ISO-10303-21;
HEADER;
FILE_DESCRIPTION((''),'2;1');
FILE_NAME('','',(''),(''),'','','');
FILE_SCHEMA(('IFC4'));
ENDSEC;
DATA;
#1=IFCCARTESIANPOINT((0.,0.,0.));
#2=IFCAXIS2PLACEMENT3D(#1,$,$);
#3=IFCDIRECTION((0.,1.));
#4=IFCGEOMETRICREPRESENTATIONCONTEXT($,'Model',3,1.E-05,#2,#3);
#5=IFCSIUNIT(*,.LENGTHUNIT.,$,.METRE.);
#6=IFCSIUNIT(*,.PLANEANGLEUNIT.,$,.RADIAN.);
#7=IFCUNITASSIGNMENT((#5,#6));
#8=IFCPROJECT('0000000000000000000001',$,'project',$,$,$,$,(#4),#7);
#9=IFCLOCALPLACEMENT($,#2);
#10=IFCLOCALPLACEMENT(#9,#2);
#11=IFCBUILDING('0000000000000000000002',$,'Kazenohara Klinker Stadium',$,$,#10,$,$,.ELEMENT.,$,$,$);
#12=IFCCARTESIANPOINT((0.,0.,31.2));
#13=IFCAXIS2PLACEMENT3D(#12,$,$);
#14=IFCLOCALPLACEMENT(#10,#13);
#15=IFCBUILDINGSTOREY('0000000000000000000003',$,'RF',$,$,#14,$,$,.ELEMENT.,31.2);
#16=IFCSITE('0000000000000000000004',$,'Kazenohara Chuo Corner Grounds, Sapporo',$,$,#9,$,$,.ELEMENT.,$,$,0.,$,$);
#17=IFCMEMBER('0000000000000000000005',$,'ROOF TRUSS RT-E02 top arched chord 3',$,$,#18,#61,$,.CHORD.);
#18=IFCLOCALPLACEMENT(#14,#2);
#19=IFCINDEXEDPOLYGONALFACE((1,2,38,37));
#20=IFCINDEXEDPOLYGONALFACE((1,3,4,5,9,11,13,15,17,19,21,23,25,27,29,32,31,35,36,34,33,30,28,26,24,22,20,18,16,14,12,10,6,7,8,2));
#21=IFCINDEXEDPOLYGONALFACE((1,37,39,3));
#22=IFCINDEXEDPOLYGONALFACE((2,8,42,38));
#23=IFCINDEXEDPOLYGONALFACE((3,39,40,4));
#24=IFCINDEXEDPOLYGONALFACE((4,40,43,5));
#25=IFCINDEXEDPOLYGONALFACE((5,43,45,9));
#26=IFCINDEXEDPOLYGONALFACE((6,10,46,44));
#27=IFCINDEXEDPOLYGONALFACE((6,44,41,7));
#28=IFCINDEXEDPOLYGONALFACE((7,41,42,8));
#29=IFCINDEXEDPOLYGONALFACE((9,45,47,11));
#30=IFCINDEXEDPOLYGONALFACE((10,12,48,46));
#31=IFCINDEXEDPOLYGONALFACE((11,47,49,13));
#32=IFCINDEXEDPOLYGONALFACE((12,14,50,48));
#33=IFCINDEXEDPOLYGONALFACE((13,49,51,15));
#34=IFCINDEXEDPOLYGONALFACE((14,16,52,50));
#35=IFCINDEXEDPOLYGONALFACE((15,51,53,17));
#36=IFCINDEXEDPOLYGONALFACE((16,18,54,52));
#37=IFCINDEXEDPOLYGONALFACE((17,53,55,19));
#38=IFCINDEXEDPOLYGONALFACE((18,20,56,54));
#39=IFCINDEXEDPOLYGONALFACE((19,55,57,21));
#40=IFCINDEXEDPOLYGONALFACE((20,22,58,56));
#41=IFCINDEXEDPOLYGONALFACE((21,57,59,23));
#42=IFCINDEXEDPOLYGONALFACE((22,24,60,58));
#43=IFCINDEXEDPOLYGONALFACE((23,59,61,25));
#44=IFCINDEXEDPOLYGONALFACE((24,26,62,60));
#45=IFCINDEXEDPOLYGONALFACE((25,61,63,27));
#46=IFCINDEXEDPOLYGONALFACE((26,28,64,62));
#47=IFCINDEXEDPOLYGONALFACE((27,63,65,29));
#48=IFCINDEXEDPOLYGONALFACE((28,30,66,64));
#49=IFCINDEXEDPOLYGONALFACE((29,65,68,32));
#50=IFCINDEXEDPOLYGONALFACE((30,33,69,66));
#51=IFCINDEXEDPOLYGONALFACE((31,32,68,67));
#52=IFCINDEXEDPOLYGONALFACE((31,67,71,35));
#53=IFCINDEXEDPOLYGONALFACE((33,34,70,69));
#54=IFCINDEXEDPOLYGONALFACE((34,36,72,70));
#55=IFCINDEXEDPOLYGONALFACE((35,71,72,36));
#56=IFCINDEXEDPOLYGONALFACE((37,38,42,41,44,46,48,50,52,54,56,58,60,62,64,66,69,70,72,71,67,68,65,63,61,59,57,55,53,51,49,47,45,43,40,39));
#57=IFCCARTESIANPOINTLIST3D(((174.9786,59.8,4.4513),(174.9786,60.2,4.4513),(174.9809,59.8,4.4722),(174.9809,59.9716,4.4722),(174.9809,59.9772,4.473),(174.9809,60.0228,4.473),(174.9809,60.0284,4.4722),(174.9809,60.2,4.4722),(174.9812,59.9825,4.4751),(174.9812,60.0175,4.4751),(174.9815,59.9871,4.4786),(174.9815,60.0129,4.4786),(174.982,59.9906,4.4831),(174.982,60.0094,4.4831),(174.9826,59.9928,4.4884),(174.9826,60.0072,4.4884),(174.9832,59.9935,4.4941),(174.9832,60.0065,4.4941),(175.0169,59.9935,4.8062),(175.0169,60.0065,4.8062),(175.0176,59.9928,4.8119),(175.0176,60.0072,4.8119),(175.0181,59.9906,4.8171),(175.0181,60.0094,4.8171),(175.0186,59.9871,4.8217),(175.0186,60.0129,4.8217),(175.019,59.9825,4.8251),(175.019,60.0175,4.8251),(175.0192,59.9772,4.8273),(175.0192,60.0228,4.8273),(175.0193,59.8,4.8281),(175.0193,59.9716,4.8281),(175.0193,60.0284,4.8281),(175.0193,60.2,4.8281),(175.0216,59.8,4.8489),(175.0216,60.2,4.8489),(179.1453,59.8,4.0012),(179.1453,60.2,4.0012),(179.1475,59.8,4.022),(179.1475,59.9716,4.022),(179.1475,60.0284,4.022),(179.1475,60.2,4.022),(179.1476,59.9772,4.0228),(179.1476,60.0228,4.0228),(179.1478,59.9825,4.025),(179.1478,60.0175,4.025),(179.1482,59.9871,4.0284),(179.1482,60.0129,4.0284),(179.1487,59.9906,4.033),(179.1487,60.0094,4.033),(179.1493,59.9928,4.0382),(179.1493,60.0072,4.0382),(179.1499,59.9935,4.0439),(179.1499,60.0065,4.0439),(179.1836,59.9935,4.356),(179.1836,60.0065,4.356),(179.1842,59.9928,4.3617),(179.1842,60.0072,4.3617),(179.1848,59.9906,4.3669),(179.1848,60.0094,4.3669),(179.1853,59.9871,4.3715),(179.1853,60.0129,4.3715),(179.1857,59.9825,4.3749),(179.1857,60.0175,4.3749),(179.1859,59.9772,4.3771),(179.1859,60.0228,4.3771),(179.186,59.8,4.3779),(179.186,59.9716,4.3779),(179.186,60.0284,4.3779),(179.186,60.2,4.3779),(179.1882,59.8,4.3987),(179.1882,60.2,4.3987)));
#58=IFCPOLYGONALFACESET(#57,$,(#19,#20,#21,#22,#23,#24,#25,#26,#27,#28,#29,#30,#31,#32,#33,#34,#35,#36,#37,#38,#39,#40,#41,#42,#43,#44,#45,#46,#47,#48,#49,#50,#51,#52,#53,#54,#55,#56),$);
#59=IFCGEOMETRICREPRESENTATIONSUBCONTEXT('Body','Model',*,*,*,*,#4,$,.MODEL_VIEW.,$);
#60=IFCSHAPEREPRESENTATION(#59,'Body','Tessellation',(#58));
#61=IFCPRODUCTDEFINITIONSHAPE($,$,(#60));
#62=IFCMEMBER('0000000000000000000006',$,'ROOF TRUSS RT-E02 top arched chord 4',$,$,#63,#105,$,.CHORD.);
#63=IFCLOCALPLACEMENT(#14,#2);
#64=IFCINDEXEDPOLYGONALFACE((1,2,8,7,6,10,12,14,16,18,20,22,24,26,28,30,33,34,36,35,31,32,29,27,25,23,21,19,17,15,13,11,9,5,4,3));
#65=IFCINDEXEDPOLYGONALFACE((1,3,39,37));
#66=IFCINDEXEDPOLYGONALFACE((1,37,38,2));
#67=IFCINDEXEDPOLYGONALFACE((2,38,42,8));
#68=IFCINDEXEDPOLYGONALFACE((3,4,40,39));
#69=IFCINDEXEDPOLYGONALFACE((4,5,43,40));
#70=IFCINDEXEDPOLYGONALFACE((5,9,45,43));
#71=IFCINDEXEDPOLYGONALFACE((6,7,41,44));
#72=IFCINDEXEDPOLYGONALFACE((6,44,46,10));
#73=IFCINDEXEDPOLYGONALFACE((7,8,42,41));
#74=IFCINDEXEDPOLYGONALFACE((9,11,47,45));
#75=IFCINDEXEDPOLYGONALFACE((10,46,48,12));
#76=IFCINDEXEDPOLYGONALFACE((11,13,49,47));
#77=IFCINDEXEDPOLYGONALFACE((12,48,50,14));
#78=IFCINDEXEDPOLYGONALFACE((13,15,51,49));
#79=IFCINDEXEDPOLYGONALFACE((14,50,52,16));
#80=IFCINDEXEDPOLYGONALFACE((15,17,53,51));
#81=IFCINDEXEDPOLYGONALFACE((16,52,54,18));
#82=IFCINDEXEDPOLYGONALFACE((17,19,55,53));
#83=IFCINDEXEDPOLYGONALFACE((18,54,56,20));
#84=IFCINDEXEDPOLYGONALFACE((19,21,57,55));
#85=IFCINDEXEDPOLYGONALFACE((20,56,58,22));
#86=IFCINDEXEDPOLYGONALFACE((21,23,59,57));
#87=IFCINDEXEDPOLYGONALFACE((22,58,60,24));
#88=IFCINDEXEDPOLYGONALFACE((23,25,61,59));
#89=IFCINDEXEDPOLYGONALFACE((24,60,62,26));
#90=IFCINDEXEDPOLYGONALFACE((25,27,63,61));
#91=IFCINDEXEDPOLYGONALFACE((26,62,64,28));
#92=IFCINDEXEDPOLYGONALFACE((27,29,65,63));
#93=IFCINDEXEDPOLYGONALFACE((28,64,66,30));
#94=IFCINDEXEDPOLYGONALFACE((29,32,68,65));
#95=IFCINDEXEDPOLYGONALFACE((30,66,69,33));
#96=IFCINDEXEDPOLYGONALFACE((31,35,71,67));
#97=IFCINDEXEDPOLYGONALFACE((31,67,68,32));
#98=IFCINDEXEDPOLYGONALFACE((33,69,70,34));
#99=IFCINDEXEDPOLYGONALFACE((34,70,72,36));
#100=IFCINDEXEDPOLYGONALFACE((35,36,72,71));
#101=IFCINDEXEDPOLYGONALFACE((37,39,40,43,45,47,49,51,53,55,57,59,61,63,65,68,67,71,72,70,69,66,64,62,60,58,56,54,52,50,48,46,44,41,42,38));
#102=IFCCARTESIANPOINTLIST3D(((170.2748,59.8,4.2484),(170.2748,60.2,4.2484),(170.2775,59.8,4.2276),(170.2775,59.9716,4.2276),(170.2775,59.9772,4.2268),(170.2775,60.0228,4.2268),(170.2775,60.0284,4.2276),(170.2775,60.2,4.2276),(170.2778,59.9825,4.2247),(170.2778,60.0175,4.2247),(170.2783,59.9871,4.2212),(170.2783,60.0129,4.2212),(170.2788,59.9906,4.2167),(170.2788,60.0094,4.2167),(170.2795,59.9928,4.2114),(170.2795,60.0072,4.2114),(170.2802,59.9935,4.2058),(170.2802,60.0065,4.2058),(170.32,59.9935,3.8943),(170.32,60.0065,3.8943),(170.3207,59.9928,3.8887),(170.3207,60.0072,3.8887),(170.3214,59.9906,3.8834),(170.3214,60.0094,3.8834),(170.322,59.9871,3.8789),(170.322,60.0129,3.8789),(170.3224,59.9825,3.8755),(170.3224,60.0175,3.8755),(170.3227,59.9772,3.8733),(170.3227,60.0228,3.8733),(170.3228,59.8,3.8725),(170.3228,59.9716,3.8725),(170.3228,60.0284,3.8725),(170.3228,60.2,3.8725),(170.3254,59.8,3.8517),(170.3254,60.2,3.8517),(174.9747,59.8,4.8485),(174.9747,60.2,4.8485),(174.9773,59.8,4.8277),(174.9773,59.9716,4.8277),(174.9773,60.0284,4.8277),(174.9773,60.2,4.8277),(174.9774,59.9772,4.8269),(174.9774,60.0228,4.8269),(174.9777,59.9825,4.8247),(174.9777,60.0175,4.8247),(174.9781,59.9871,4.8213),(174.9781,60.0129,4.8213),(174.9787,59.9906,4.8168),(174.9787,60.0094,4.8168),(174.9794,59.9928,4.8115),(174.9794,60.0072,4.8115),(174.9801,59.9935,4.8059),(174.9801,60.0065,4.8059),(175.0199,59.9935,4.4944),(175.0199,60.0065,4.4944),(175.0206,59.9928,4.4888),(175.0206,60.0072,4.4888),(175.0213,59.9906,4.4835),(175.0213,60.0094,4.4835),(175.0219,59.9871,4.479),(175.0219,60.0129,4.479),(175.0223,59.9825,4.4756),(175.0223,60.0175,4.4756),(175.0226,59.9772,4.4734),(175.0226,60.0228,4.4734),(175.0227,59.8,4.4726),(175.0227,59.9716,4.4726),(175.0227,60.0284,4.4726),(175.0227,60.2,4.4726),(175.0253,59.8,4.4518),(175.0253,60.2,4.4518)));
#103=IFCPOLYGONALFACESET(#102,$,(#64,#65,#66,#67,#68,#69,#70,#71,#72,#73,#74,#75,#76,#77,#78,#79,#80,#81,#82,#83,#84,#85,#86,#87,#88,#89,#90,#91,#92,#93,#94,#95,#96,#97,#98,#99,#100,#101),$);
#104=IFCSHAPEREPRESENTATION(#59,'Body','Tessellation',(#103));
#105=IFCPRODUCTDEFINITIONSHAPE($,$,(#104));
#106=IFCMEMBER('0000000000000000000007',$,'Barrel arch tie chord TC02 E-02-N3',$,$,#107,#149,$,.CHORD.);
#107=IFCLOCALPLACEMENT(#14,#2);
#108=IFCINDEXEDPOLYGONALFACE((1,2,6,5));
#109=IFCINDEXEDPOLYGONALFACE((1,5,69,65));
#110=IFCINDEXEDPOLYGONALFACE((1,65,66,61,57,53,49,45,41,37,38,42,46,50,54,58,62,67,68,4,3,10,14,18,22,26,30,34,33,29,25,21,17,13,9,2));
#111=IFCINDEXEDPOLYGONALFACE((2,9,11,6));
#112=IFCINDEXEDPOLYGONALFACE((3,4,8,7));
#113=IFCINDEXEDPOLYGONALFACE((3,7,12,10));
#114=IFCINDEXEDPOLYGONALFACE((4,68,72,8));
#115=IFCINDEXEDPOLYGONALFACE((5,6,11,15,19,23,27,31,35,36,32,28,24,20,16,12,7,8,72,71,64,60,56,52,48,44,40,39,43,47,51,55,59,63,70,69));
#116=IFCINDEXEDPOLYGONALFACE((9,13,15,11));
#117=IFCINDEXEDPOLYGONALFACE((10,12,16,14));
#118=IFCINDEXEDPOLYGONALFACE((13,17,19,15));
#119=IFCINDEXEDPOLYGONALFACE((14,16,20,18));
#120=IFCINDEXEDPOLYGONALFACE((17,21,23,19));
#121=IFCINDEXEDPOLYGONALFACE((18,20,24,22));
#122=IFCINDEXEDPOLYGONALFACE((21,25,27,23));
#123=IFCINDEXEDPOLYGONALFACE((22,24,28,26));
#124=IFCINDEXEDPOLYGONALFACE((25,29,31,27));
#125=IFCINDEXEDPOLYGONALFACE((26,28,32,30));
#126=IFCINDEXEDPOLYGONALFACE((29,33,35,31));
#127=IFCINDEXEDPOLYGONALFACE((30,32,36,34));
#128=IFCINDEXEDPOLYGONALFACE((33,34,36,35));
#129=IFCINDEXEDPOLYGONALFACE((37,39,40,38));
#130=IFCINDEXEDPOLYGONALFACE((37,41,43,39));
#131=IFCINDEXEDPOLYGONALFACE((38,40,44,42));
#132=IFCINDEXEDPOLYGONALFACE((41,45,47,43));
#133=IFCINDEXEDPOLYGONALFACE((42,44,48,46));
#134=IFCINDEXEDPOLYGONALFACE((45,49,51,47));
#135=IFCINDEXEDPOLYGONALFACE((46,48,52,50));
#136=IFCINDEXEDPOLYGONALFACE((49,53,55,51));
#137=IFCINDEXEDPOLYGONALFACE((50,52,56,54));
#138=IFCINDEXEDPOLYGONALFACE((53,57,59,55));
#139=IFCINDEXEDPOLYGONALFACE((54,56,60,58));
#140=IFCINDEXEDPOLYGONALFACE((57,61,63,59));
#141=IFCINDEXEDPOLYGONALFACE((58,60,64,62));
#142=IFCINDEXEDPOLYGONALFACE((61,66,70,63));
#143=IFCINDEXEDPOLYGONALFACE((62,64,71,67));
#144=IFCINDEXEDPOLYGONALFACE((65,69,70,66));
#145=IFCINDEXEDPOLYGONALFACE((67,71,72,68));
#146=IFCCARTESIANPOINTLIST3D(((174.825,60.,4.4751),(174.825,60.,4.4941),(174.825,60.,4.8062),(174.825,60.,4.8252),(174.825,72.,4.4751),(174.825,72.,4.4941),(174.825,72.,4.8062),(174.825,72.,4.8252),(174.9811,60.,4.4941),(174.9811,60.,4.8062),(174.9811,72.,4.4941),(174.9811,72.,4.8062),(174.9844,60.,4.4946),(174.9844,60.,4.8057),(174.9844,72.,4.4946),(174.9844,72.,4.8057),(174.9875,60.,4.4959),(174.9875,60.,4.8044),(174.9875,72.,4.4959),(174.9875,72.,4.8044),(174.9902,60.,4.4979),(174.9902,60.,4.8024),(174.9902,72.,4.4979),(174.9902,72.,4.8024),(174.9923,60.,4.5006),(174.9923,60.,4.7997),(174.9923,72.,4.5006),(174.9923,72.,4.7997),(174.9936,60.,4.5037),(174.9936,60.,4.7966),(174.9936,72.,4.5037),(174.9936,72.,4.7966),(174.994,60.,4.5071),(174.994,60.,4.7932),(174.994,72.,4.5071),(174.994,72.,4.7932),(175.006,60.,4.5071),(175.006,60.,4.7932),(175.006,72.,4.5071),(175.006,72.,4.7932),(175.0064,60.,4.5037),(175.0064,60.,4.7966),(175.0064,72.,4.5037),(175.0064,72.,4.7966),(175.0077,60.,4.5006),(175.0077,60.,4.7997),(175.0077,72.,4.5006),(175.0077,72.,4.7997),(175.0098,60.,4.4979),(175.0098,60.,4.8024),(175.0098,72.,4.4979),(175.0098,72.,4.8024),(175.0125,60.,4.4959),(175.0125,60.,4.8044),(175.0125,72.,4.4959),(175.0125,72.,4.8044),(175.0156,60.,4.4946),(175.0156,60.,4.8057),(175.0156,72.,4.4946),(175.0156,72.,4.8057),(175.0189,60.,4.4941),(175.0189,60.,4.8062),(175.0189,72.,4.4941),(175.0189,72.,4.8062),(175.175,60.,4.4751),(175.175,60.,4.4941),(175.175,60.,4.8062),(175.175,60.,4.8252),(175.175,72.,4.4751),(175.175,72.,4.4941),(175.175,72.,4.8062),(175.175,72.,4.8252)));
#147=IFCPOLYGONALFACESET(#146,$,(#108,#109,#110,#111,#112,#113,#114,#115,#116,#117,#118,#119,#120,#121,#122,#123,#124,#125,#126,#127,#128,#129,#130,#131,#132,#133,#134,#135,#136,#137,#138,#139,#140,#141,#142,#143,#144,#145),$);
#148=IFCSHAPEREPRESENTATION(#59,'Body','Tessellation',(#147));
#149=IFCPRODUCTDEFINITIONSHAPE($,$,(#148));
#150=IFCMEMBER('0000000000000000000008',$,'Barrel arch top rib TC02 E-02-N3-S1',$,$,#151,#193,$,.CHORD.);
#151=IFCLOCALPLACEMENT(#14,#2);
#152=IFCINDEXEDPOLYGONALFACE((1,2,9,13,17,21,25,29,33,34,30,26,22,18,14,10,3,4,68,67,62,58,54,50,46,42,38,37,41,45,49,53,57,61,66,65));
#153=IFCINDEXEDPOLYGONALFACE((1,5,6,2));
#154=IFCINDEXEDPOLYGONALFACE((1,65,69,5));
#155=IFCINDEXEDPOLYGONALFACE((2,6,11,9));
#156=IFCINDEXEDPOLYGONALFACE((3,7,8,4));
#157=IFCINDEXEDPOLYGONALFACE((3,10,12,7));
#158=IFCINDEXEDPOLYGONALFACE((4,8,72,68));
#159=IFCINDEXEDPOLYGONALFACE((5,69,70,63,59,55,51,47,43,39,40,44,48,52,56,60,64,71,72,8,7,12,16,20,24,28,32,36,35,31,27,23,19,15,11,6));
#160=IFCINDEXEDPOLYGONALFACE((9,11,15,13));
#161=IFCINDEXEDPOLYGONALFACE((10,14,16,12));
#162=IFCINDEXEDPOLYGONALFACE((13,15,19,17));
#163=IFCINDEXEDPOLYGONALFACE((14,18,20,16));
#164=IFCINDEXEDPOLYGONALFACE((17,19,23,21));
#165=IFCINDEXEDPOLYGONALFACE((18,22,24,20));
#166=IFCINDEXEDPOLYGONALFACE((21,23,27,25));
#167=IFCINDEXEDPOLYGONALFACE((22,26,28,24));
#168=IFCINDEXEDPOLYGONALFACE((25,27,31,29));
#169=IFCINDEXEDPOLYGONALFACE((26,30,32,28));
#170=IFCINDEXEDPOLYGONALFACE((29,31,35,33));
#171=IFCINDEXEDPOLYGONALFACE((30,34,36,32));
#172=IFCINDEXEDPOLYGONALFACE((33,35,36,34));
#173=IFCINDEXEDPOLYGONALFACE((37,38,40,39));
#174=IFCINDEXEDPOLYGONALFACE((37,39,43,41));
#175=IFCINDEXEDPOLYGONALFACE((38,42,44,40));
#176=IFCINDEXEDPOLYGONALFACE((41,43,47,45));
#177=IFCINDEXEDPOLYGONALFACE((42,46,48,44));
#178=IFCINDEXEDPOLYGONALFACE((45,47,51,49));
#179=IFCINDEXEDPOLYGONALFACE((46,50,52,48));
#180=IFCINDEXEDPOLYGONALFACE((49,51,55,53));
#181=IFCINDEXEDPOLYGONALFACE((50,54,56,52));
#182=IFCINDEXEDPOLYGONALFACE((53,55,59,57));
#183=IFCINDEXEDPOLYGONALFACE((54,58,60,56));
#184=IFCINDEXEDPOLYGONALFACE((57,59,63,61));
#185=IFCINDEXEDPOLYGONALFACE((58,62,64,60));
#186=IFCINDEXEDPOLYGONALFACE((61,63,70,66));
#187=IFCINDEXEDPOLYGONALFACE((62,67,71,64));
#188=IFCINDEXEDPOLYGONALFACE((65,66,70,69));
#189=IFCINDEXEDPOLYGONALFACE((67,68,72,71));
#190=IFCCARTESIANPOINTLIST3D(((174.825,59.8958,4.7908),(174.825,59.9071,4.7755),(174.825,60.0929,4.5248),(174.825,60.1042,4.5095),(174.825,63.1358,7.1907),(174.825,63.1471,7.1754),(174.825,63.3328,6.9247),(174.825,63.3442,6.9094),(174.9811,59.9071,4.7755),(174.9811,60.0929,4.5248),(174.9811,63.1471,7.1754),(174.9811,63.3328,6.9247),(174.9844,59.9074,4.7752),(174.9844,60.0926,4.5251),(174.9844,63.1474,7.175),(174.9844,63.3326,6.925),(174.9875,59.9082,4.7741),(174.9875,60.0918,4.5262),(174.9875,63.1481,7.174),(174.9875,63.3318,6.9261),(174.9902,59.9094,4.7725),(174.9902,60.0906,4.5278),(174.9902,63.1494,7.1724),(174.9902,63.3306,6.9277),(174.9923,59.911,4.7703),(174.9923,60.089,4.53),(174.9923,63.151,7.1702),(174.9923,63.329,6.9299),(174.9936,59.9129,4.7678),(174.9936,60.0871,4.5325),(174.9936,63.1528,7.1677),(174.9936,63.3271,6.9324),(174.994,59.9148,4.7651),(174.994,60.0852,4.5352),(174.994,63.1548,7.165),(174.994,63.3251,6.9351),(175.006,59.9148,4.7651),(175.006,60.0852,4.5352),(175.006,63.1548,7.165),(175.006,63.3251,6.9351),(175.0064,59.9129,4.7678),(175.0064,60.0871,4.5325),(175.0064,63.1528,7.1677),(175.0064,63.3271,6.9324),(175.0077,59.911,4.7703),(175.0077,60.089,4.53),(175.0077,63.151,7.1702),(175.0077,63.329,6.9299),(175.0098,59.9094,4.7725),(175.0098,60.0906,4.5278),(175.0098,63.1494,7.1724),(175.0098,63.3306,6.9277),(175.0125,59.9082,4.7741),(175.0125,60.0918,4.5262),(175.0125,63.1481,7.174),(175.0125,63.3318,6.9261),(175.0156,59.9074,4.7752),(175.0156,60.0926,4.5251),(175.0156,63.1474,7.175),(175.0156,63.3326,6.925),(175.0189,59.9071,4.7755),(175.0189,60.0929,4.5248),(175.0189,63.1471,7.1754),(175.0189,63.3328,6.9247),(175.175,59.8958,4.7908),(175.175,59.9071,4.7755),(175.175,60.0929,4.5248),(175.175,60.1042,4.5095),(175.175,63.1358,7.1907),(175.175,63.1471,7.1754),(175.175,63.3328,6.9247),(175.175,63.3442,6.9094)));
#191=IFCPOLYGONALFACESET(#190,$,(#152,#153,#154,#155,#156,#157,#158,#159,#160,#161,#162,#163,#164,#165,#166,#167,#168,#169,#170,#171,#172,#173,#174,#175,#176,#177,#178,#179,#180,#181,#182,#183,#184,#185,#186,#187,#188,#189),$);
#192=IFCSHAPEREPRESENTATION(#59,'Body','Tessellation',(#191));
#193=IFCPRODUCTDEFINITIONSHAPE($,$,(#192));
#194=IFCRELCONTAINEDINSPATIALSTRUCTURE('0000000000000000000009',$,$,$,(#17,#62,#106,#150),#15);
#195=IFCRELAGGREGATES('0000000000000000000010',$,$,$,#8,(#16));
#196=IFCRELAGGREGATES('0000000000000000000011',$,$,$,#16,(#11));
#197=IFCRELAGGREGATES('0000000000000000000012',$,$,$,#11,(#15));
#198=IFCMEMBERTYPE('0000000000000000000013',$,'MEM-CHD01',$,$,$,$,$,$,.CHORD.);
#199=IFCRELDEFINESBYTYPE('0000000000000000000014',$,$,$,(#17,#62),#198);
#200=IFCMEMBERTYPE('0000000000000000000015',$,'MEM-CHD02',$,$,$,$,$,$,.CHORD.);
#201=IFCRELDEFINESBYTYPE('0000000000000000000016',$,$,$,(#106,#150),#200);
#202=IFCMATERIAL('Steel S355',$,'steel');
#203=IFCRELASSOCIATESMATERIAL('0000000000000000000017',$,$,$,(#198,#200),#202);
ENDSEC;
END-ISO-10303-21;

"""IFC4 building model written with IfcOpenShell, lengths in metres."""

from ifc_helpers import new_model, si_unit, direction, frame, origin, origin_2d, place, context, subcontext, project, spatial, i_section, extrude, material, material_profile, profile_set, type_object, element, save


model = new_model("IFC4")

# Units and contexts
model_context = context("Model", 3, precision=1e-05, world=origin(), true_north=direction((0.0, 1.0)))
body_context = subcontext(model_context, "Body", "Model", "MODEL_VIEW")
ifc_project = project(units=[si_unit("LENGTHUNIT", "METRE"), si_unit("PLANEANGLEUNIT", "RADIAN")], contexts=[model_context])

# Site, building, storey
site_placement = place(None, origin())
site = spatial("IfcSite", under=ifc_project, at=site_placement, Name="Kazenohara Chuo Corner Grounds, Sapporo", CompositionType="ELEMENT", RefElevation=0.0)
building_placement = place(site_placement, origin())
building = spatial("IfcBuilding", under=site, at=building_placement, Name="Kazenohara Klinker Stadium", CompositionType="ELEMENT")
storey_placement = place(building_placement, frame((0.0, 0.0, 31.2)))
storey = spatial("IfcBuildingStorey", under=building, at=storey_placement, Name="RF", CompositionType="ELEMENT", Elevation=31.2)

# Members
ifc_material_1 = material(Name="Steel S355", Category="steel")
ifc_material_profile_1 = material_profile(ifc_material_1, i_section(OverallWidth=0.3999, OverallDepth=0.3999, WebThickness=0.0129, FlangeThickness=0.021, FilletRadius=0.022, at=origin_2d()), Name="H-400x400x13x21")
ifc_profile_set_1 = profile_set([ifc_material_profile_1], Name="Steel S355")
member_type_1 = type_object("IfcMemberType", Name="MEM-CHD01", PredefinedType="CHORD", material=ifc_profile_set_1)
for number, where, z_axis, x_axis, name in (
    (1, (179.1667, 60.0, 4.2), (-0.994214, 0.0, 0.10742), (0.0, -1.0, 0.0), "ROOF TRUSS RT-E02 top arched chord 3"),
):
    element("IfcMember", number, at=place(storey_placement, frame(where, z_axis=z_axis, x_axis=x_axis)), inside=storey, type_object=member_type_1, Name=name, PredefinedType="CHORD", context=body_context, shape_type="SweptSolid", body=[
        extrude(i_section(OverallWidth=0.3999, OverallDepth=0.3999, WebThickness=0.0129, FlangeThickness=0.021, FilletRadius=0.022, at=origin_2d()), origin(), (0.0, 0.0, 1.0), 4.1909),
    ])
member_1_placement = place(storey_placement, frame((175.0, 60.0, 4.6501), z_axis=(-0.991947, 0.0, -0.126653), x_axis=(0.0, -1.0, 0.0)))
element("IfcMember", 2, at=member_1_placement, inside=storey, type_object=member_type_1, Name="ROOF TRUSS RT-E02 top arched chord 4", PredefinedType="CHORD", context=body_context, shape_type="SweptSolid", body=[
    extrude(i_section(OverallWidth=0.3999, OverallDepth=0.3999, WebThickness=0.0129, FlangeThickness=0.021, FilletRadius=0.022, at=origin_2d()), origin(), (0.0, 0.0, 1.0), 4.738),
])
ifc_material_profile_2 = material_profile(ifc_material_1, i_section(OverallWidth=0.3501, OverallDepth=0.3501, WebThickness=0.012, FlangeThickness=0.019, FilletRadius=0.0129, at=origin_2d()), Name="H-350x350x12x19")
ifc_profile_set_2 = profile_set([ifc_material_profile_2], Name="Steel S355")
member_type_2 = type_object("IfcMemberType", Name="MEM-CHD02", PredefinedType="CHORD", material=ifc_profile_set_2)
member_2_placement = place(storey_placement, frame((175.0, 60.0, 4.6501), z_axis=(0.0, 1.0, 0.0), x_axis=(-1.0, 0.0, 0.0)))
element("IfcMember", 3, at=member_2_placement, inside=storey, type_object=member_type_2, Name="Barrel arch tie chord TC02 E-02-N3", PredefinedType="CHORD", context=body_context, shape_type="SweptSolid", body=[
    extrude(i_section(OverallWidth=0.3501, OverallDepth=0.3501, WebThickness=0.012, FlangeThickness=0.019, FilletRadius=0.0129, at=origin_2d()), origin(), (0.0, 0.0, 1.0), 12.0),
])
member_3_placement = place(storey_placement, frame((175.0, 60.0, 4.6501), z_axis=(0.0, 0.803568, 0.595213), x_axis=(-1.0, 0.0, 0.0)))
element("IfcMember", 4, at=member_3_placement, inside=storey, type_object=member_type_2, Name="Barrel arch top rib TC02 E-02-N3-S1", PredefinedType="CHORD", context=body_context, shape_type="SweptSolid", body=[
    extrude(i_section(OverallWidth=0.3501, OverallDepth=0.3501, WebThickness=0.012, FlangeThickness=0.019, FilletRadius=0.0129, at=origin_2d()), origin(), (0.0, 0.0, 1.0), 4.032),
])

save(model, "model.ifc")
